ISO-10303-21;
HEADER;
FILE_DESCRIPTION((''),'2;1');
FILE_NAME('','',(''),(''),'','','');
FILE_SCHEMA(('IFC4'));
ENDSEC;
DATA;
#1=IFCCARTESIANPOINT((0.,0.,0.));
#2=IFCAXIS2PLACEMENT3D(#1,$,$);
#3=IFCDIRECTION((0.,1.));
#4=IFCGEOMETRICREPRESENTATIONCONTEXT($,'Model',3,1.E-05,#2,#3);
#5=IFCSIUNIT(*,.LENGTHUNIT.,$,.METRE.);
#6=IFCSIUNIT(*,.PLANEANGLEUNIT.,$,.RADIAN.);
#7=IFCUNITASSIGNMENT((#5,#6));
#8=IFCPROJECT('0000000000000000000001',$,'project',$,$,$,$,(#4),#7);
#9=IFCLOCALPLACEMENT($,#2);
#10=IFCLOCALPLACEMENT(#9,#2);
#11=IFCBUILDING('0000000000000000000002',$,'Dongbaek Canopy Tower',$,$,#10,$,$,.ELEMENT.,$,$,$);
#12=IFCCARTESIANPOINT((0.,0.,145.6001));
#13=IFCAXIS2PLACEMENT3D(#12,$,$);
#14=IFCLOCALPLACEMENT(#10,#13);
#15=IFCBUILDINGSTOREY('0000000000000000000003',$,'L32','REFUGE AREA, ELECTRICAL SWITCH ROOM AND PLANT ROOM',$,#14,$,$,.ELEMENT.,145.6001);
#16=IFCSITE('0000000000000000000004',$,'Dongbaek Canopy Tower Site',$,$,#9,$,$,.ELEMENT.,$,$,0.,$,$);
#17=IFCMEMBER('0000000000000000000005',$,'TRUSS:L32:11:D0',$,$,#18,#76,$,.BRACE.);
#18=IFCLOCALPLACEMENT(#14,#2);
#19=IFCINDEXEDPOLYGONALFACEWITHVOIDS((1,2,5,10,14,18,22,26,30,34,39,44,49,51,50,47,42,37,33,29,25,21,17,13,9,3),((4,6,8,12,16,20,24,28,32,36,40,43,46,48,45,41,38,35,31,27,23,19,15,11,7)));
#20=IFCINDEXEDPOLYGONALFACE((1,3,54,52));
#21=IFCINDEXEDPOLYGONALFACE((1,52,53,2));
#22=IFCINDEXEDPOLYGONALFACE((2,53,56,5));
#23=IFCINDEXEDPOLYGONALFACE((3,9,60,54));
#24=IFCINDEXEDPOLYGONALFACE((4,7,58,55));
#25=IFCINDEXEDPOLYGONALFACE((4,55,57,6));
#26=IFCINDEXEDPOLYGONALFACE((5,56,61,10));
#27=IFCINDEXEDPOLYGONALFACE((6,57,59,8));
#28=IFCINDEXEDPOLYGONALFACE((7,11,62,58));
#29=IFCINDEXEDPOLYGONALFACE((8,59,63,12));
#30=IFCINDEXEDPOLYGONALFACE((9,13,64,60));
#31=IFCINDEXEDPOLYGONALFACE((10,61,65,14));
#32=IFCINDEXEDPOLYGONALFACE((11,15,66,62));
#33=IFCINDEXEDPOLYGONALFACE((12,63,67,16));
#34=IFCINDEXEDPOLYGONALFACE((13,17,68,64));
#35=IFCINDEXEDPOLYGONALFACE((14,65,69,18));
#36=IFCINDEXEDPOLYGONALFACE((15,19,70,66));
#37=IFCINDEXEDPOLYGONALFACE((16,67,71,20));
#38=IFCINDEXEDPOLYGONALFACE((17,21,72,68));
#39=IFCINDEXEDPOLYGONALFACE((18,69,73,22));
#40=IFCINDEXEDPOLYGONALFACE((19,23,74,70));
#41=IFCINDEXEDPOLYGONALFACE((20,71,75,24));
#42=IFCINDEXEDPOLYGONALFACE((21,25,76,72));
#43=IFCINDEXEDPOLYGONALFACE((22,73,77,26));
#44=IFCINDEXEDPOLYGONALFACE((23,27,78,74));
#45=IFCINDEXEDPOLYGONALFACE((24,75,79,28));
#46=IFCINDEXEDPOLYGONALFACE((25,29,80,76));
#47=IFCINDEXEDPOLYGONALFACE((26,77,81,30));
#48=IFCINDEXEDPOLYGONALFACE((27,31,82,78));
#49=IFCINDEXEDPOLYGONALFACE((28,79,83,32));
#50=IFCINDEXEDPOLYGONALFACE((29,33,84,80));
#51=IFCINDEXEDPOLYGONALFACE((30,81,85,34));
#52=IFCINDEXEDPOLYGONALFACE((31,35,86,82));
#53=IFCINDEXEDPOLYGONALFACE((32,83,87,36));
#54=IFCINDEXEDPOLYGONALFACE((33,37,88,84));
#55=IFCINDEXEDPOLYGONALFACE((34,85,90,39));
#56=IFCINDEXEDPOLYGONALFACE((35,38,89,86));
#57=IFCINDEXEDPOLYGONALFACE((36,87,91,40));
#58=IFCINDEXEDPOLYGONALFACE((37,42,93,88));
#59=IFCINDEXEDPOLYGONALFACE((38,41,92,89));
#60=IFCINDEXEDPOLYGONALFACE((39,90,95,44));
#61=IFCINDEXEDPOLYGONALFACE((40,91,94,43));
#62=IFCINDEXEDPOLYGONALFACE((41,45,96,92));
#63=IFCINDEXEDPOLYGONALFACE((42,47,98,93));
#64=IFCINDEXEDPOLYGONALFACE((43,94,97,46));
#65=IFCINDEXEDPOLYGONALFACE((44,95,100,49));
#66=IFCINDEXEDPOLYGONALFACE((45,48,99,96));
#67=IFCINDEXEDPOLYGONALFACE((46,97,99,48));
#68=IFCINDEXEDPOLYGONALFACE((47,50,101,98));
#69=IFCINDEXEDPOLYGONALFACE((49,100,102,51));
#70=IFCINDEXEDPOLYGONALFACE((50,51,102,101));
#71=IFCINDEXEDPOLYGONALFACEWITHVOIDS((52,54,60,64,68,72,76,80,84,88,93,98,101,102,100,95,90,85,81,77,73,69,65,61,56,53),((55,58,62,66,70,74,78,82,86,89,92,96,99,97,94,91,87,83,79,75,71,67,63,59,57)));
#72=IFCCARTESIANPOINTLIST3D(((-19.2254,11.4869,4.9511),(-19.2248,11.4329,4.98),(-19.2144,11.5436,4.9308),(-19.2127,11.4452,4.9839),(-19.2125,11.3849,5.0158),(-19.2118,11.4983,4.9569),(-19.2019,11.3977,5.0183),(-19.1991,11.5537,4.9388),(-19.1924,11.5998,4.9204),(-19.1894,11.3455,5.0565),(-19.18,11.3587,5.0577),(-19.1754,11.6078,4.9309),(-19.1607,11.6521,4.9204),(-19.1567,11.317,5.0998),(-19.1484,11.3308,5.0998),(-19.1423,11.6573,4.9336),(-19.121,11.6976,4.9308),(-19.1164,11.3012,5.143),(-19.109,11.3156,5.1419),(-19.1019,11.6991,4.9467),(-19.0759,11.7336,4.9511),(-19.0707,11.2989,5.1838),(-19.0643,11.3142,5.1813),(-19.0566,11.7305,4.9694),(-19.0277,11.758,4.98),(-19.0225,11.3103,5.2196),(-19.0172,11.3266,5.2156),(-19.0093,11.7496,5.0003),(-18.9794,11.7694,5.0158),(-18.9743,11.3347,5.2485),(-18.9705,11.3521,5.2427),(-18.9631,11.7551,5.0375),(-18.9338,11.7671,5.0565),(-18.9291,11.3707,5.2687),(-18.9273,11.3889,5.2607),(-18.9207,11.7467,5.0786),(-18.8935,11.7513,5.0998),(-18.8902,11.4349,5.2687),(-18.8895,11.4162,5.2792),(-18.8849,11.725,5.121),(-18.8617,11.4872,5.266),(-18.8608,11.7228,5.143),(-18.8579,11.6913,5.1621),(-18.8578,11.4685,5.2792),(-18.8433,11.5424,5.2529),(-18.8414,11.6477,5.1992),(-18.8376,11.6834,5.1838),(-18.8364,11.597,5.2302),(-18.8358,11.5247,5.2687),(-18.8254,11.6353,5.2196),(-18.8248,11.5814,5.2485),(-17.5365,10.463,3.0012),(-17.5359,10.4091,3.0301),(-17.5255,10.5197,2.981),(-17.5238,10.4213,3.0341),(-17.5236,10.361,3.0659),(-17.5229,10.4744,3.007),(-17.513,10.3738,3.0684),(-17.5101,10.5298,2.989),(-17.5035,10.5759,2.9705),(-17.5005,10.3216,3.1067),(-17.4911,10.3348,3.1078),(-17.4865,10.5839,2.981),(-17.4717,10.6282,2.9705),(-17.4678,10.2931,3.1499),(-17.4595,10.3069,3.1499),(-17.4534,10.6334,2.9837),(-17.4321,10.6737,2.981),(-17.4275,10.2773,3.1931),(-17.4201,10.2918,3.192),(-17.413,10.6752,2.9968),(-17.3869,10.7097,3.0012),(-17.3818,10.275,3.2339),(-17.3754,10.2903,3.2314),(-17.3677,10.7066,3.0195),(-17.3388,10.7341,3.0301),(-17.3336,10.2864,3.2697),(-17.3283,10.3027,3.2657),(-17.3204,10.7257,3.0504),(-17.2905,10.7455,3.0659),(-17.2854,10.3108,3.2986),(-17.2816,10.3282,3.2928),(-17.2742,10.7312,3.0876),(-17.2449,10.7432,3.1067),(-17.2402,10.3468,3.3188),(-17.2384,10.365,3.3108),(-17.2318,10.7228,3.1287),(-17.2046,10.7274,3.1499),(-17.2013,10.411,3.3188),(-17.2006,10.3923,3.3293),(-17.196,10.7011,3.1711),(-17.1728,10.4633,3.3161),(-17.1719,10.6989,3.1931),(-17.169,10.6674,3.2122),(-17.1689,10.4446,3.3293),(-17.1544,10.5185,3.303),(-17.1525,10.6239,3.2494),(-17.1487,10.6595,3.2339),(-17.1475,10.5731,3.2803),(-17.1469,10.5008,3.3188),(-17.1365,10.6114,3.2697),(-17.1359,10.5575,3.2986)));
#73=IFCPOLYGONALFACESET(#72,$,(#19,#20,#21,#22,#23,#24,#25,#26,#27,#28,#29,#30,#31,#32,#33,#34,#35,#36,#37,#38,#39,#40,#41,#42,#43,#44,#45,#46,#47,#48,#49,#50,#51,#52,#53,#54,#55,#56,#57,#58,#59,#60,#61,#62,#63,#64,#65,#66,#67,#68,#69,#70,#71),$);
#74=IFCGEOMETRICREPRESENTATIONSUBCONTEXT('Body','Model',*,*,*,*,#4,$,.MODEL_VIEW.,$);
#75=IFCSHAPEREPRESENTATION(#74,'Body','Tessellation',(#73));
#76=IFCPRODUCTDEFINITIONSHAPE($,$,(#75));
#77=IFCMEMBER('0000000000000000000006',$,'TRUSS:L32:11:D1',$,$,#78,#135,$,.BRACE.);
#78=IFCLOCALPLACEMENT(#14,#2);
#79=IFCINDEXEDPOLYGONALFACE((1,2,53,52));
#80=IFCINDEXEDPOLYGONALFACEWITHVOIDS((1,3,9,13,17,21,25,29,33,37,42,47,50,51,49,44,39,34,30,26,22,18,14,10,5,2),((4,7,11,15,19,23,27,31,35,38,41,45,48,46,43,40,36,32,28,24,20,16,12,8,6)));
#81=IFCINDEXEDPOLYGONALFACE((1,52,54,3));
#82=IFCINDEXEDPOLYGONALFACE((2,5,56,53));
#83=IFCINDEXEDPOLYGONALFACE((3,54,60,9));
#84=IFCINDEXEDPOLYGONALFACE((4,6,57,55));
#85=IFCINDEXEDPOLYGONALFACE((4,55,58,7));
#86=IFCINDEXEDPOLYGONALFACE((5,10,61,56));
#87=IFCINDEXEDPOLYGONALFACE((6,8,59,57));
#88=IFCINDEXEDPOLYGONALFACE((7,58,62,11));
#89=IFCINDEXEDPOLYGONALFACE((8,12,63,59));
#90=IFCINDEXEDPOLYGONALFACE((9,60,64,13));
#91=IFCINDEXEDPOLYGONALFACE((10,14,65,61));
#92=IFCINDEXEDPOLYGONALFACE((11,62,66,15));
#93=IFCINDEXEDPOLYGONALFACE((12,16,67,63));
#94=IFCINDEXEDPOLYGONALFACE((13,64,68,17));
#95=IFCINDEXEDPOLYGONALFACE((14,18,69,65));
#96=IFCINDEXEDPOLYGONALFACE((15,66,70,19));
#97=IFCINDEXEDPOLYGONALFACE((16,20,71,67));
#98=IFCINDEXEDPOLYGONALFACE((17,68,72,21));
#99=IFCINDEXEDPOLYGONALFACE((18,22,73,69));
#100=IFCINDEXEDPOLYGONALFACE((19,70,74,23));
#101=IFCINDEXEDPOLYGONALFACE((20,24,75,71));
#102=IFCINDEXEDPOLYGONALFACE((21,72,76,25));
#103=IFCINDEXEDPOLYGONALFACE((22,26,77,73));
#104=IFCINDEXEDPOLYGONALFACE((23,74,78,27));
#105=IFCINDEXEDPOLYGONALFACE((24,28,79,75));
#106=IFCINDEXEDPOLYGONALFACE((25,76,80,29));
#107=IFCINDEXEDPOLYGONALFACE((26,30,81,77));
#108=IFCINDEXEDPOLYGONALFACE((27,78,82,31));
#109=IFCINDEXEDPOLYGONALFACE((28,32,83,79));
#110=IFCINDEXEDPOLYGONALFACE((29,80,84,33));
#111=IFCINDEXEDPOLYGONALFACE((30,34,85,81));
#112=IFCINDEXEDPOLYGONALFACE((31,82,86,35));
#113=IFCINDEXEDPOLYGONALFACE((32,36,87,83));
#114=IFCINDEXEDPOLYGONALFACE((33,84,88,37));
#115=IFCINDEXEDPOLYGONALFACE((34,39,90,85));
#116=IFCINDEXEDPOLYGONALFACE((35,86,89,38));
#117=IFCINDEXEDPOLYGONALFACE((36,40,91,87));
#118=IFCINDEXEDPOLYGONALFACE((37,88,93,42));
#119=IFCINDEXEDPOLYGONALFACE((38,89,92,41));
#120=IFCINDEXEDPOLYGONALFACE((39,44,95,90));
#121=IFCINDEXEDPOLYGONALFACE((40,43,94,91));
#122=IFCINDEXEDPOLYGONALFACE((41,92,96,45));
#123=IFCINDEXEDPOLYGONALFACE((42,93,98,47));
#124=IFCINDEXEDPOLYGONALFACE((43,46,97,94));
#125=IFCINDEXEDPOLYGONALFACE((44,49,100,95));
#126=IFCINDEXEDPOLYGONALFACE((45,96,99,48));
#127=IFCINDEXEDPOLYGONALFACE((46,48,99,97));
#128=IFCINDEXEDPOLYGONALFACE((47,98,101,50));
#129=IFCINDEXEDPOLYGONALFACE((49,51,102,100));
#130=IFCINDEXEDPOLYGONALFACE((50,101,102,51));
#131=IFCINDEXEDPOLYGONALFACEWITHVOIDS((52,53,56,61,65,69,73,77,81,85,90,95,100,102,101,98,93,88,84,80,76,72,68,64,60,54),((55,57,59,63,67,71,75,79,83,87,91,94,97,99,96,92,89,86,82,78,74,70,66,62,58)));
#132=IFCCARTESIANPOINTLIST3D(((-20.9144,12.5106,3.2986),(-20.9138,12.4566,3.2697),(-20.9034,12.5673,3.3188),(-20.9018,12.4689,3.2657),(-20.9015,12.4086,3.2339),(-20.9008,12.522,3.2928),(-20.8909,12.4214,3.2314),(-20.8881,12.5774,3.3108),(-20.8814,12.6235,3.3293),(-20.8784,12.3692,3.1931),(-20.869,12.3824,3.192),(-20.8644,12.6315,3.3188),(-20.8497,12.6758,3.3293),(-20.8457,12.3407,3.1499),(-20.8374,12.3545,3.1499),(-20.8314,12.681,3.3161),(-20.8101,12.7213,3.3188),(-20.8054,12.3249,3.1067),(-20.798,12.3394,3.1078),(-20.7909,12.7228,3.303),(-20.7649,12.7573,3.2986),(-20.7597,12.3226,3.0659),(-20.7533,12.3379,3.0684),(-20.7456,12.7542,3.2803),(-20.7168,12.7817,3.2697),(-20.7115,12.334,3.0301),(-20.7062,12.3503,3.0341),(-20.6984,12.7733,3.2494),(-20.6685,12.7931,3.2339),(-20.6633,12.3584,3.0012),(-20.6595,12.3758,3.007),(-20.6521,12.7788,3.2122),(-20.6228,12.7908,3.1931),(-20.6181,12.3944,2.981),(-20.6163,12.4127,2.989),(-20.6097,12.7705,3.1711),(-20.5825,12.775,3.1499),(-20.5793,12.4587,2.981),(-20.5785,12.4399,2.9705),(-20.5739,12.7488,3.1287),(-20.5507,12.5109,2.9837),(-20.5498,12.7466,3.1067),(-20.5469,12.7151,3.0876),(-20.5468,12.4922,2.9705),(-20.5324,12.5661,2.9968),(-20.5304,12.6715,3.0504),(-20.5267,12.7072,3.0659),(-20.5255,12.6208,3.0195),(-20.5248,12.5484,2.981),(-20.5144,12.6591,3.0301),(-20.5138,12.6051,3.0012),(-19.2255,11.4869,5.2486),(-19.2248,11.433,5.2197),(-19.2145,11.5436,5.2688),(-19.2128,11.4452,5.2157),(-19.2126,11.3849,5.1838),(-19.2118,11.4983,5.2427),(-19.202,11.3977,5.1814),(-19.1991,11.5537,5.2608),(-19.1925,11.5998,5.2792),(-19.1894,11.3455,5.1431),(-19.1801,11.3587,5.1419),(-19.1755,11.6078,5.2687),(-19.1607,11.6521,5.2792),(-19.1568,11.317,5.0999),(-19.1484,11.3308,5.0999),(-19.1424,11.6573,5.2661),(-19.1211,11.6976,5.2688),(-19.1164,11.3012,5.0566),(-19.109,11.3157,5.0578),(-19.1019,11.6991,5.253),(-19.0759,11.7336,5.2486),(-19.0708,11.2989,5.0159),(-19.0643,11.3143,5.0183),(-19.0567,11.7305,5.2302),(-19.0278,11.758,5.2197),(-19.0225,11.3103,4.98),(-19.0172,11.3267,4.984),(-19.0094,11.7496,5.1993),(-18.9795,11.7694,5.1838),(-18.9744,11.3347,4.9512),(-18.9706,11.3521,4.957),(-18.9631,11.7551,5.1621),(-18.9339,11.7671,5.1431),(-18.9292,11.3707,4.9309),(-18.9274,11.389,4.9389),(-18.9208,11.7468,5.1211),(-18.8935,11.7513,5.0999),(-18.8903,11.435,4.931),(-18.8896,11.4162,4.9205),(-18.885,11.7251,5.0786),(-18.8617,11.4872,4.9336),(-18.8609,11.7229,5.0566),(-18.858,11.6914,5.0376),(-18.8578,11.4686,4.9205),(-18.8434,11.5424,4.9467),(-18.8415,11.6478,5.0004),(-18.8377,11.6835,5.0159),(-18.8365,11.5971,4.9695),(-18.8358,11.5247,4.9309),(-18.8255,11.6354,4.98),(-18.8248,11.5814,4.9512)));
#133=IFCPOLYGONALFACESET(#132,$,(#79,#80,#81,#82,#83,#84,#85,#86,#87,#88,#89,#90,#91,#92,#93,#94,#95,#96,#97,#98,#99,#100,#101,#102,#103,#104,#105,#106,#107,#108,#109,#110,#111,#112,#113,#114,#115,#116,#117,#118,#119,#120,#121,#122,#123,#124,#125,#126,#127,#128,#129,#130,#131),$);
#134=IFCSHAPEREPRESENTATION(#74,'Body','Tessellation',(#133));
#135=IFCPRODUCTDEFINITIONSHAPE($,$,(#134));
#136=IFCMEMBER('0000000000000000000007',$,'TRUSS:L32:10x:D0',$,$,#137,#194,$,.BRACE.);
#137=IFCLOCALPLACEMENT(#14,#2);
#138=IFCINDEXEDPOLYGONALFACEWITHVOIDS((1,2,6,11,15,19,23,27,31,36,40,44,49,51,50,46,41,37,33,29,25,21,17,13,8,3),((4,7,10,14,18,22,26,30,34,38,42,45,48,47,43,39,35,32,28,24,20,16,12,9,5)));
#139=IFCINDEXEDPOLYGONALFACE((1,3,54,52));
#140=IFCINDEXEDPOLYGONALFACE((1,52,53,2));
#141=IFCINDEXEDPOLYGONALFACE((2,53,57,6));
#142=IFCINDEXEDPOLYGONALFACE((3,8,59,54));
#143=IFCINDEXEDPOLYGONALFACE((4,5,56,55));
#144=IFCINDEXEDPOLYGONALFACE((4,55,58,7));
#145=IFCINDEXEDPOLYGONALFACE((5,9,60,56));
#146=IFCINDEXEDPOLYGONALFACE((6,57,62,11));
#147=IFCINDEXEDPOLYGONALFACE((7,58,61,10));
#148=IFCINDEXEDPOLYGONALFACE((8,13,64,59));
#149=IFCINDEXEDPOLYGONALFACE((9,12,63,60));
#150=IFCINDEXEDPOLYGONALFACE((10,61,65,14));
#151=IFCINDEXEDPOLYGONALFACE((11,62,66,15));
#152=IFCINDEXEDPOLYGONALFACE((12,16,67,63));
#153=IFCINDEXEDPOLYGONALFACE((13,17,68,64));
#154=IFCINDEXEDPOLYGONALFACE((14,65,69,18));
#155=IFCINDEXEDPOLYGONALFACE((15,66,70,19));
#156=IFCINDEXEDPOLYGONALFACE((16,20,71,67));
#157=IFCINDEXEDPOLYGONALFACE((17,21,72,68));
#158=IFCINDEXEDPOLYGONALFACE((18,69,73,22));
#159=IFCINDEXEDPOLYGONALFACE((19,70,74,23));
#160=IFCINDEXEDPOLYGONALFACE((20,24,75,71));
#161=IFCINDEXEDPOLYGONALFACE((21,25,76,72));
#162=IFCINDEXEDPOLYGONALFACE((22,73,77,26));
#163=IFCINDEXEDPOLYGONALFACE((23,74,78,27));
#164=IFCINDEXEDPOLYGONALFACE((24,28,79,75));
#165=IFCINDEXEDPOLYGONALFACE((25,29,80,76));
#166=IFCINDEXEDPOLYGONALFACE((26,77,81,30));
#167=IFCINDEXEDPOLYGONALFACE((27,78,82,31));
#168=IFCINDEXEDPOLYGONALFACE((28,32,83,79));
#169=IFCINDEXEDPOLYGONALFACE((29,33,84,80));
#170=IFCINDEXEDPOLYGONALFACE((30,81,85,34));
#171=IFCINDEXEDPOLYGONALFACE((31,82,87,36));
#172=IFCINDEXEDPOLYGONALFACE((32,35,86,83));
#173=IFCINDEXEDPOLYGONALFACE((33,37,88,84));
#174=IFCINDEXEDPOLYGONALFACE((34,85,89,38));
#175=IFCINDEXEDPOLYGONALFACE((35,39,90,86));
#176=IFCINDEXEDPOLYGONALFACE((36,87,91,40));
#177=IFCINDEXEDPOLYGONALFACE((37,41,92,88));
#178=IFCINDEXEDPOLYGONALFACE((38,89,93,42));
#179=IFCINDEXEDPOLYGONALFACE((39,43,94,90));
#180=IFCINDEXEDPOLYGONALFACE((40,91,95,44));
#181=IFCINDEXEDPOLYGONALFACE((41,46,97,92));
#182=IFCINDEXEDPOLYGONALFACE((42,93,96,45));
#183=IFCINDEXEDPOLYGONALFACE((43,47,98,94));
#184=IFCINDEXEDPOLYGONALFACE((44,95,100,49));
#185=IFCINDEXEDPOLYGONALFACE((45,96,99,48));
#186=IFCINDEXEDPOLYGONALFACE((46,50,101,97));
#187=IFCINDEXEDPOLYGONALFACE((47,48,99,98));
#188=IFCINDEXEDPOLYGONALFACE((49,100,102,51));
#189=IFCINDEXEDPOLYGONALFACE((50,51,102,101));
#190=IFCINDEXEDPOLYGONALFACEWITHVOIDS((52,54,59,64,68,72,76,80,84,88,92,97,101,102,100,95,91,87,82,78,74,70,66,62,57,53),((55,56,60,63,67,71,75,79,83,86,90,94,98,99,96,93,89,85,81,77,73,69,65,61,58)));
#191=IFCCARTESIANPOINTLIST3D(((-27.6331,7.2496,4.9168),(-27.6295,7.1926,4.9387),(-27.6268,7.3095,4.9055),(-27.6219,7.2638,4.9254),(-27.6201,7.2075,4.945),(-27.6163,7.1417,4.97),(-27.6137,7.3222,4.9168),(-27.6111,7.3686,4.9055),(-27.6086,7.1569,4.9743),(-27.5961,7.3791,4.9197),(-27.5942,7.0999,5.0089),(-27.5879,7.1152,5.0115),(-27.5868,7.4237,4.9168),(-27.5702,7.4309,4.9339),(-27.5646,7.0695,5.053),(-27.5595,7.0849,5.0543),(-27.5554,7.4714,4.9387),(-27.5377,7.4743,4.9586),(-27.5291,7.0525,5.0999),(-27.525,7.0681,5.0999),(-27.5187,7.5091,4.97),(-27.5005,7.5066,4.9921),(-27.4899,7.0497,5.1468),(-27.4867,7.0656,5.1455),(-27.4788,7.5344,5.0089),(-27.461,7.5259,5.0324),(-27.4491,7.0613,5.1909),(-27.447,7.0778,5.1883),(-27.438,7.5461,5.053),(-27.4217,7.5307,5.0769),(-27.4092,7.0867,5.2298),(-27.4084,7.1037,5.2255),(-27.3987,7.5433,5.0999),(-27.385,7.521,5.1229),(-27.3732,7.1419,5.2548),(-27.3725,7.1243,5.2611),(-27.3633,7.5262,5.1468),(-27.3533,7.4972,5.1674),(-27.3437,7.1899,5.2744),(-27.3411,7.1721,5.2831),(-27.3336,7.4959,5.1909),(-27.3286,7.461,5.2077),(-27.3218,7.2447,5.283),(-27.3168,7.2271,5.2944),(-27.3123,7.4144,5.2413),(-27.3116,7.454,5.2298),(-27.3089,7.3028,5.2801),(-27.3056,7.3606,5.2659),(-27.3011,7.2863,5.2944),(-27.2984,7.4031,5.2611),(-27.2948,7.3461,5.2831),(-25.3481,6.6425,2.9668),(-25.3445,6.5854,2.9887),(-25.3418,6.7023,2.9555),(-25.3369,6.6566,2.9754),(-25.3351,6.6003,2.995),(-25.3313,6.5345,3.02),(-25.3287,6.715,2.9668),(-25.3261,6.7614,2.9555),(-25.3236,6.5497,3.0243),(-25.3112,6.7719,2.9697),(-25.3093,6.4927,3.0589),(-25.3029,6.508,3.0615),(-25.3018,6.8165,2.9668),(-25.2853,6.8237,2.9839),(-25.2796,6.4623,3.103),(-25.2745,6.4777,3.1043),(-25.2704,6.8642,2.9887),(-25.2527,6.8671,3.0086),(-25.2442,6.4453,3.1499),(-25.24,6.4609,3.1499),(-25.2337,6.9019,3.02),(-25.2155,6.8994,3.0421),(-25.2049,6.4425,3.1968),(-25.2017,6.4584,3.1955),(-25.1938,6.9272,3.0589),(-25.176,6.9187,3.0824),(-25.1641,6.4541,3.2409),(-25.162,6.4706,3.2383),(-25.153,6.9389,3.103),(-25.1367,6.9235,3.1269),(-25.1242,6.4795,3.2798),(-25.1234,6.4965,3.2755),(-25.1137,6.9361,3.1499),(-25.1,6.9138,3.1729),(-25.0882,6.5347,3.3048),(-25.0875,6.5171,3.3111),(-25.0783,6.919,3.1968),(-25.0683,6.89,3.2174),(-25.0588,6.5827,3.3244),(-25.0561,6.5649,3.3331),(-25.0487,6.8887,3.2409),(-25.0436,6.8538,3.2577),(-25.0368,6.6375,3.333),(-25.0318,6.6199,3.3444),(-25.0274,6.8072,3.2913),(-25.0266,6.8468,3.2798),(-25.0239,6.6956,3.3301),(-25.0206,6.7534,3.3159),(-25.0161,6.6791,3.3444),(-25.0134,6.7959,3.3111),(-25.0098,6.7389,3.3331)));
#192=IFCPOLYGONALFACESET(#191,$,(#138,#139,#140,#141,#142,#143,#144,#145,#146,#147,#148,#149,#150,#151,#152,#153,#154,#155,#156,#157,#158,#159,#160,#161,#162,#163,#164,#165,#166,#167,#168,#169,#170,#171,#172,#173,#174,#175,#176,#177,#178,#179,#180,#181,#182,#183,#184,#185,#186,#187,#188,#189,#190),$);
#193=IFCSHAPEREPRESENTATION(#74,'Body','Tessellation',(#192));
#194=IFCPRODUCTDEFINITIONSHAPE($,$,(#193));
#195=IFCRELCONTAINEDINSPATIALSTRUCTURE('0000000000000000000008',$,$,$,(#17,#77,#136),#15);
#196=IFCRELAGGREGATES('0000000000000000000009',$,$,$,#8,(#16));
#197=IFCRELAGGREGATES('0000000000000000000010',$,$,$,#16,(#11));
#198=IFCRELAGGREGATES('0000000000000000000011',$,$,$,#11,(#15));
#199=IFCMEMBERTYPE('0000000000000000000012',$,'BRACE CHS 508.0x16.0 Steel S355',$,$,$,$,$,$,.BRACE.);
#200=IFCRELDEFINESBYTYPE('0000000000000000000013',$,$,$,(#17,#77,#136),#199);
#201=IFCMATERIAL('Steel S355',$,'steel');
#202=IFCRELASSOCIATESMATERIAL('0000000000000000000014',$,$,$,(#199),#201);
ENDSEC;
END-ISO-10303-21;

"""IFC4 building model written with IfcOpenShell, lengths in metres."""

from ifc_helpers import new_model, si_unit, direction, frame, origin, origin_2d, place, context, subcontext, project, spatial, hollow_circle, extrude, material, material_profile, profile_set, type_object, element, save


model = new_model("IFC4")

# Units and contexts
model_context = context("Model", 3, precision=1e-05, world=origin(), true_north=direction((0.0, 1.0)))
body_context = subcontext(model_context, "Body", "Model", "MODEL_VIEW")
ifc_project = project(units=[si_unit("LENGTHUNIT", "METRE"), si_unit("PLANEANGLEUNIT", "RADIAN")], contexts=[model_context])

# Site, building, storey
site_placement = place(None, origin())
site = spatial("IfcSite", under=ifc_project, at=site_placement, Name="Dongbaek Canopy Tower Site", CompositionType="ELEMENT", RefElevation=0.0)
building_placement = place(site_placement, origin())
building = spatial("IfcBuilding", under=site, at=building_placement, Name="Dongbaek Canopy Tower", CompositionType="ELEMENT")
storey_placement = place(building_placement, frame((0.0, 0.0, 145.6001)))
storey = spatial("IfcBuildingStorey", under=building, at=storey_placement, Name="L32", Description="REFUGE AREA, ELECTRICAL SWITCH ROOM AND PLANT ROOM", CompositionType="ELEMENT", Elevation=145.6001)

# Members
ifc_material_1 = material(Name="Steel S355", Category="steel")
ifc_material_profile_1 = material_profile(ifc_material_1, hollow_circle(Radius=0.2539, WallThickness=0.0161, at=origin_2d()), Name="BRACE CHS 508.0x16.0 Steel S355")
ifc_profile_set_1 = profile_set([ifc_material_profile_1], Name="Steel S355")
member_type_1 = type_object("IfcMemberType", Name="BRACE CHS 508.0x16.0 Steel S355", PredefinedType="BRACE", material=ifc_profile_set_1)
for number, where, z_axis, x_axis, name in (
    (1, (-17.3362, 10.5103, 3.1499), (-0.608529, 0.368917, 0.702561), (-0.518417, -0.855128, 0.0), "TRUSS:L32:11:D0"),
    (2, (-19.0251, 11.5342, 5.0999), (-0.608549, 0.368841, -0.702584), (-0.518326, -0.855183, 0.0), "TRUSS:L32:11:D1"),
):
    element("IfcMember", number, at=place(storey_placement, frame(where, z_axis=z_axis, x_axis=x_axis)), inside=storey, type_object=member_type_1, Name=name, PredefinedType="BRACE", context=body_context, shape_type="SweptSolid", body=[
        extrude(hollow_circle(Radius=0.2539, WallThickness=0.0161, at=origin_2d()), origin(), (0.0, 0.0, 1.0), 2.7754),
    ])
member_1_placement = place(storey_placement, frame((-25.179, 6.6907, 3.1499), z_axis=(-0.745582, 0.198126, 0.636282), x_axis=(-0.256821, -0.966459, 0.0)))
element("IfcMember", 3, at=member_1_placement, inside=storey, type_object=member_type_1, Name="TRUSS:L32:10x:D0", PredefinedType="BRACE", context=body_context, shape_type="SweptSolid", body=[
    extrude(hollow_circle(Radius=0.2539, WallThickness=0.0161, at=origin_2d()), origin(), (0.0, 0.0, 1.0), 3.0647),
])

save(model, "model.ifc")
